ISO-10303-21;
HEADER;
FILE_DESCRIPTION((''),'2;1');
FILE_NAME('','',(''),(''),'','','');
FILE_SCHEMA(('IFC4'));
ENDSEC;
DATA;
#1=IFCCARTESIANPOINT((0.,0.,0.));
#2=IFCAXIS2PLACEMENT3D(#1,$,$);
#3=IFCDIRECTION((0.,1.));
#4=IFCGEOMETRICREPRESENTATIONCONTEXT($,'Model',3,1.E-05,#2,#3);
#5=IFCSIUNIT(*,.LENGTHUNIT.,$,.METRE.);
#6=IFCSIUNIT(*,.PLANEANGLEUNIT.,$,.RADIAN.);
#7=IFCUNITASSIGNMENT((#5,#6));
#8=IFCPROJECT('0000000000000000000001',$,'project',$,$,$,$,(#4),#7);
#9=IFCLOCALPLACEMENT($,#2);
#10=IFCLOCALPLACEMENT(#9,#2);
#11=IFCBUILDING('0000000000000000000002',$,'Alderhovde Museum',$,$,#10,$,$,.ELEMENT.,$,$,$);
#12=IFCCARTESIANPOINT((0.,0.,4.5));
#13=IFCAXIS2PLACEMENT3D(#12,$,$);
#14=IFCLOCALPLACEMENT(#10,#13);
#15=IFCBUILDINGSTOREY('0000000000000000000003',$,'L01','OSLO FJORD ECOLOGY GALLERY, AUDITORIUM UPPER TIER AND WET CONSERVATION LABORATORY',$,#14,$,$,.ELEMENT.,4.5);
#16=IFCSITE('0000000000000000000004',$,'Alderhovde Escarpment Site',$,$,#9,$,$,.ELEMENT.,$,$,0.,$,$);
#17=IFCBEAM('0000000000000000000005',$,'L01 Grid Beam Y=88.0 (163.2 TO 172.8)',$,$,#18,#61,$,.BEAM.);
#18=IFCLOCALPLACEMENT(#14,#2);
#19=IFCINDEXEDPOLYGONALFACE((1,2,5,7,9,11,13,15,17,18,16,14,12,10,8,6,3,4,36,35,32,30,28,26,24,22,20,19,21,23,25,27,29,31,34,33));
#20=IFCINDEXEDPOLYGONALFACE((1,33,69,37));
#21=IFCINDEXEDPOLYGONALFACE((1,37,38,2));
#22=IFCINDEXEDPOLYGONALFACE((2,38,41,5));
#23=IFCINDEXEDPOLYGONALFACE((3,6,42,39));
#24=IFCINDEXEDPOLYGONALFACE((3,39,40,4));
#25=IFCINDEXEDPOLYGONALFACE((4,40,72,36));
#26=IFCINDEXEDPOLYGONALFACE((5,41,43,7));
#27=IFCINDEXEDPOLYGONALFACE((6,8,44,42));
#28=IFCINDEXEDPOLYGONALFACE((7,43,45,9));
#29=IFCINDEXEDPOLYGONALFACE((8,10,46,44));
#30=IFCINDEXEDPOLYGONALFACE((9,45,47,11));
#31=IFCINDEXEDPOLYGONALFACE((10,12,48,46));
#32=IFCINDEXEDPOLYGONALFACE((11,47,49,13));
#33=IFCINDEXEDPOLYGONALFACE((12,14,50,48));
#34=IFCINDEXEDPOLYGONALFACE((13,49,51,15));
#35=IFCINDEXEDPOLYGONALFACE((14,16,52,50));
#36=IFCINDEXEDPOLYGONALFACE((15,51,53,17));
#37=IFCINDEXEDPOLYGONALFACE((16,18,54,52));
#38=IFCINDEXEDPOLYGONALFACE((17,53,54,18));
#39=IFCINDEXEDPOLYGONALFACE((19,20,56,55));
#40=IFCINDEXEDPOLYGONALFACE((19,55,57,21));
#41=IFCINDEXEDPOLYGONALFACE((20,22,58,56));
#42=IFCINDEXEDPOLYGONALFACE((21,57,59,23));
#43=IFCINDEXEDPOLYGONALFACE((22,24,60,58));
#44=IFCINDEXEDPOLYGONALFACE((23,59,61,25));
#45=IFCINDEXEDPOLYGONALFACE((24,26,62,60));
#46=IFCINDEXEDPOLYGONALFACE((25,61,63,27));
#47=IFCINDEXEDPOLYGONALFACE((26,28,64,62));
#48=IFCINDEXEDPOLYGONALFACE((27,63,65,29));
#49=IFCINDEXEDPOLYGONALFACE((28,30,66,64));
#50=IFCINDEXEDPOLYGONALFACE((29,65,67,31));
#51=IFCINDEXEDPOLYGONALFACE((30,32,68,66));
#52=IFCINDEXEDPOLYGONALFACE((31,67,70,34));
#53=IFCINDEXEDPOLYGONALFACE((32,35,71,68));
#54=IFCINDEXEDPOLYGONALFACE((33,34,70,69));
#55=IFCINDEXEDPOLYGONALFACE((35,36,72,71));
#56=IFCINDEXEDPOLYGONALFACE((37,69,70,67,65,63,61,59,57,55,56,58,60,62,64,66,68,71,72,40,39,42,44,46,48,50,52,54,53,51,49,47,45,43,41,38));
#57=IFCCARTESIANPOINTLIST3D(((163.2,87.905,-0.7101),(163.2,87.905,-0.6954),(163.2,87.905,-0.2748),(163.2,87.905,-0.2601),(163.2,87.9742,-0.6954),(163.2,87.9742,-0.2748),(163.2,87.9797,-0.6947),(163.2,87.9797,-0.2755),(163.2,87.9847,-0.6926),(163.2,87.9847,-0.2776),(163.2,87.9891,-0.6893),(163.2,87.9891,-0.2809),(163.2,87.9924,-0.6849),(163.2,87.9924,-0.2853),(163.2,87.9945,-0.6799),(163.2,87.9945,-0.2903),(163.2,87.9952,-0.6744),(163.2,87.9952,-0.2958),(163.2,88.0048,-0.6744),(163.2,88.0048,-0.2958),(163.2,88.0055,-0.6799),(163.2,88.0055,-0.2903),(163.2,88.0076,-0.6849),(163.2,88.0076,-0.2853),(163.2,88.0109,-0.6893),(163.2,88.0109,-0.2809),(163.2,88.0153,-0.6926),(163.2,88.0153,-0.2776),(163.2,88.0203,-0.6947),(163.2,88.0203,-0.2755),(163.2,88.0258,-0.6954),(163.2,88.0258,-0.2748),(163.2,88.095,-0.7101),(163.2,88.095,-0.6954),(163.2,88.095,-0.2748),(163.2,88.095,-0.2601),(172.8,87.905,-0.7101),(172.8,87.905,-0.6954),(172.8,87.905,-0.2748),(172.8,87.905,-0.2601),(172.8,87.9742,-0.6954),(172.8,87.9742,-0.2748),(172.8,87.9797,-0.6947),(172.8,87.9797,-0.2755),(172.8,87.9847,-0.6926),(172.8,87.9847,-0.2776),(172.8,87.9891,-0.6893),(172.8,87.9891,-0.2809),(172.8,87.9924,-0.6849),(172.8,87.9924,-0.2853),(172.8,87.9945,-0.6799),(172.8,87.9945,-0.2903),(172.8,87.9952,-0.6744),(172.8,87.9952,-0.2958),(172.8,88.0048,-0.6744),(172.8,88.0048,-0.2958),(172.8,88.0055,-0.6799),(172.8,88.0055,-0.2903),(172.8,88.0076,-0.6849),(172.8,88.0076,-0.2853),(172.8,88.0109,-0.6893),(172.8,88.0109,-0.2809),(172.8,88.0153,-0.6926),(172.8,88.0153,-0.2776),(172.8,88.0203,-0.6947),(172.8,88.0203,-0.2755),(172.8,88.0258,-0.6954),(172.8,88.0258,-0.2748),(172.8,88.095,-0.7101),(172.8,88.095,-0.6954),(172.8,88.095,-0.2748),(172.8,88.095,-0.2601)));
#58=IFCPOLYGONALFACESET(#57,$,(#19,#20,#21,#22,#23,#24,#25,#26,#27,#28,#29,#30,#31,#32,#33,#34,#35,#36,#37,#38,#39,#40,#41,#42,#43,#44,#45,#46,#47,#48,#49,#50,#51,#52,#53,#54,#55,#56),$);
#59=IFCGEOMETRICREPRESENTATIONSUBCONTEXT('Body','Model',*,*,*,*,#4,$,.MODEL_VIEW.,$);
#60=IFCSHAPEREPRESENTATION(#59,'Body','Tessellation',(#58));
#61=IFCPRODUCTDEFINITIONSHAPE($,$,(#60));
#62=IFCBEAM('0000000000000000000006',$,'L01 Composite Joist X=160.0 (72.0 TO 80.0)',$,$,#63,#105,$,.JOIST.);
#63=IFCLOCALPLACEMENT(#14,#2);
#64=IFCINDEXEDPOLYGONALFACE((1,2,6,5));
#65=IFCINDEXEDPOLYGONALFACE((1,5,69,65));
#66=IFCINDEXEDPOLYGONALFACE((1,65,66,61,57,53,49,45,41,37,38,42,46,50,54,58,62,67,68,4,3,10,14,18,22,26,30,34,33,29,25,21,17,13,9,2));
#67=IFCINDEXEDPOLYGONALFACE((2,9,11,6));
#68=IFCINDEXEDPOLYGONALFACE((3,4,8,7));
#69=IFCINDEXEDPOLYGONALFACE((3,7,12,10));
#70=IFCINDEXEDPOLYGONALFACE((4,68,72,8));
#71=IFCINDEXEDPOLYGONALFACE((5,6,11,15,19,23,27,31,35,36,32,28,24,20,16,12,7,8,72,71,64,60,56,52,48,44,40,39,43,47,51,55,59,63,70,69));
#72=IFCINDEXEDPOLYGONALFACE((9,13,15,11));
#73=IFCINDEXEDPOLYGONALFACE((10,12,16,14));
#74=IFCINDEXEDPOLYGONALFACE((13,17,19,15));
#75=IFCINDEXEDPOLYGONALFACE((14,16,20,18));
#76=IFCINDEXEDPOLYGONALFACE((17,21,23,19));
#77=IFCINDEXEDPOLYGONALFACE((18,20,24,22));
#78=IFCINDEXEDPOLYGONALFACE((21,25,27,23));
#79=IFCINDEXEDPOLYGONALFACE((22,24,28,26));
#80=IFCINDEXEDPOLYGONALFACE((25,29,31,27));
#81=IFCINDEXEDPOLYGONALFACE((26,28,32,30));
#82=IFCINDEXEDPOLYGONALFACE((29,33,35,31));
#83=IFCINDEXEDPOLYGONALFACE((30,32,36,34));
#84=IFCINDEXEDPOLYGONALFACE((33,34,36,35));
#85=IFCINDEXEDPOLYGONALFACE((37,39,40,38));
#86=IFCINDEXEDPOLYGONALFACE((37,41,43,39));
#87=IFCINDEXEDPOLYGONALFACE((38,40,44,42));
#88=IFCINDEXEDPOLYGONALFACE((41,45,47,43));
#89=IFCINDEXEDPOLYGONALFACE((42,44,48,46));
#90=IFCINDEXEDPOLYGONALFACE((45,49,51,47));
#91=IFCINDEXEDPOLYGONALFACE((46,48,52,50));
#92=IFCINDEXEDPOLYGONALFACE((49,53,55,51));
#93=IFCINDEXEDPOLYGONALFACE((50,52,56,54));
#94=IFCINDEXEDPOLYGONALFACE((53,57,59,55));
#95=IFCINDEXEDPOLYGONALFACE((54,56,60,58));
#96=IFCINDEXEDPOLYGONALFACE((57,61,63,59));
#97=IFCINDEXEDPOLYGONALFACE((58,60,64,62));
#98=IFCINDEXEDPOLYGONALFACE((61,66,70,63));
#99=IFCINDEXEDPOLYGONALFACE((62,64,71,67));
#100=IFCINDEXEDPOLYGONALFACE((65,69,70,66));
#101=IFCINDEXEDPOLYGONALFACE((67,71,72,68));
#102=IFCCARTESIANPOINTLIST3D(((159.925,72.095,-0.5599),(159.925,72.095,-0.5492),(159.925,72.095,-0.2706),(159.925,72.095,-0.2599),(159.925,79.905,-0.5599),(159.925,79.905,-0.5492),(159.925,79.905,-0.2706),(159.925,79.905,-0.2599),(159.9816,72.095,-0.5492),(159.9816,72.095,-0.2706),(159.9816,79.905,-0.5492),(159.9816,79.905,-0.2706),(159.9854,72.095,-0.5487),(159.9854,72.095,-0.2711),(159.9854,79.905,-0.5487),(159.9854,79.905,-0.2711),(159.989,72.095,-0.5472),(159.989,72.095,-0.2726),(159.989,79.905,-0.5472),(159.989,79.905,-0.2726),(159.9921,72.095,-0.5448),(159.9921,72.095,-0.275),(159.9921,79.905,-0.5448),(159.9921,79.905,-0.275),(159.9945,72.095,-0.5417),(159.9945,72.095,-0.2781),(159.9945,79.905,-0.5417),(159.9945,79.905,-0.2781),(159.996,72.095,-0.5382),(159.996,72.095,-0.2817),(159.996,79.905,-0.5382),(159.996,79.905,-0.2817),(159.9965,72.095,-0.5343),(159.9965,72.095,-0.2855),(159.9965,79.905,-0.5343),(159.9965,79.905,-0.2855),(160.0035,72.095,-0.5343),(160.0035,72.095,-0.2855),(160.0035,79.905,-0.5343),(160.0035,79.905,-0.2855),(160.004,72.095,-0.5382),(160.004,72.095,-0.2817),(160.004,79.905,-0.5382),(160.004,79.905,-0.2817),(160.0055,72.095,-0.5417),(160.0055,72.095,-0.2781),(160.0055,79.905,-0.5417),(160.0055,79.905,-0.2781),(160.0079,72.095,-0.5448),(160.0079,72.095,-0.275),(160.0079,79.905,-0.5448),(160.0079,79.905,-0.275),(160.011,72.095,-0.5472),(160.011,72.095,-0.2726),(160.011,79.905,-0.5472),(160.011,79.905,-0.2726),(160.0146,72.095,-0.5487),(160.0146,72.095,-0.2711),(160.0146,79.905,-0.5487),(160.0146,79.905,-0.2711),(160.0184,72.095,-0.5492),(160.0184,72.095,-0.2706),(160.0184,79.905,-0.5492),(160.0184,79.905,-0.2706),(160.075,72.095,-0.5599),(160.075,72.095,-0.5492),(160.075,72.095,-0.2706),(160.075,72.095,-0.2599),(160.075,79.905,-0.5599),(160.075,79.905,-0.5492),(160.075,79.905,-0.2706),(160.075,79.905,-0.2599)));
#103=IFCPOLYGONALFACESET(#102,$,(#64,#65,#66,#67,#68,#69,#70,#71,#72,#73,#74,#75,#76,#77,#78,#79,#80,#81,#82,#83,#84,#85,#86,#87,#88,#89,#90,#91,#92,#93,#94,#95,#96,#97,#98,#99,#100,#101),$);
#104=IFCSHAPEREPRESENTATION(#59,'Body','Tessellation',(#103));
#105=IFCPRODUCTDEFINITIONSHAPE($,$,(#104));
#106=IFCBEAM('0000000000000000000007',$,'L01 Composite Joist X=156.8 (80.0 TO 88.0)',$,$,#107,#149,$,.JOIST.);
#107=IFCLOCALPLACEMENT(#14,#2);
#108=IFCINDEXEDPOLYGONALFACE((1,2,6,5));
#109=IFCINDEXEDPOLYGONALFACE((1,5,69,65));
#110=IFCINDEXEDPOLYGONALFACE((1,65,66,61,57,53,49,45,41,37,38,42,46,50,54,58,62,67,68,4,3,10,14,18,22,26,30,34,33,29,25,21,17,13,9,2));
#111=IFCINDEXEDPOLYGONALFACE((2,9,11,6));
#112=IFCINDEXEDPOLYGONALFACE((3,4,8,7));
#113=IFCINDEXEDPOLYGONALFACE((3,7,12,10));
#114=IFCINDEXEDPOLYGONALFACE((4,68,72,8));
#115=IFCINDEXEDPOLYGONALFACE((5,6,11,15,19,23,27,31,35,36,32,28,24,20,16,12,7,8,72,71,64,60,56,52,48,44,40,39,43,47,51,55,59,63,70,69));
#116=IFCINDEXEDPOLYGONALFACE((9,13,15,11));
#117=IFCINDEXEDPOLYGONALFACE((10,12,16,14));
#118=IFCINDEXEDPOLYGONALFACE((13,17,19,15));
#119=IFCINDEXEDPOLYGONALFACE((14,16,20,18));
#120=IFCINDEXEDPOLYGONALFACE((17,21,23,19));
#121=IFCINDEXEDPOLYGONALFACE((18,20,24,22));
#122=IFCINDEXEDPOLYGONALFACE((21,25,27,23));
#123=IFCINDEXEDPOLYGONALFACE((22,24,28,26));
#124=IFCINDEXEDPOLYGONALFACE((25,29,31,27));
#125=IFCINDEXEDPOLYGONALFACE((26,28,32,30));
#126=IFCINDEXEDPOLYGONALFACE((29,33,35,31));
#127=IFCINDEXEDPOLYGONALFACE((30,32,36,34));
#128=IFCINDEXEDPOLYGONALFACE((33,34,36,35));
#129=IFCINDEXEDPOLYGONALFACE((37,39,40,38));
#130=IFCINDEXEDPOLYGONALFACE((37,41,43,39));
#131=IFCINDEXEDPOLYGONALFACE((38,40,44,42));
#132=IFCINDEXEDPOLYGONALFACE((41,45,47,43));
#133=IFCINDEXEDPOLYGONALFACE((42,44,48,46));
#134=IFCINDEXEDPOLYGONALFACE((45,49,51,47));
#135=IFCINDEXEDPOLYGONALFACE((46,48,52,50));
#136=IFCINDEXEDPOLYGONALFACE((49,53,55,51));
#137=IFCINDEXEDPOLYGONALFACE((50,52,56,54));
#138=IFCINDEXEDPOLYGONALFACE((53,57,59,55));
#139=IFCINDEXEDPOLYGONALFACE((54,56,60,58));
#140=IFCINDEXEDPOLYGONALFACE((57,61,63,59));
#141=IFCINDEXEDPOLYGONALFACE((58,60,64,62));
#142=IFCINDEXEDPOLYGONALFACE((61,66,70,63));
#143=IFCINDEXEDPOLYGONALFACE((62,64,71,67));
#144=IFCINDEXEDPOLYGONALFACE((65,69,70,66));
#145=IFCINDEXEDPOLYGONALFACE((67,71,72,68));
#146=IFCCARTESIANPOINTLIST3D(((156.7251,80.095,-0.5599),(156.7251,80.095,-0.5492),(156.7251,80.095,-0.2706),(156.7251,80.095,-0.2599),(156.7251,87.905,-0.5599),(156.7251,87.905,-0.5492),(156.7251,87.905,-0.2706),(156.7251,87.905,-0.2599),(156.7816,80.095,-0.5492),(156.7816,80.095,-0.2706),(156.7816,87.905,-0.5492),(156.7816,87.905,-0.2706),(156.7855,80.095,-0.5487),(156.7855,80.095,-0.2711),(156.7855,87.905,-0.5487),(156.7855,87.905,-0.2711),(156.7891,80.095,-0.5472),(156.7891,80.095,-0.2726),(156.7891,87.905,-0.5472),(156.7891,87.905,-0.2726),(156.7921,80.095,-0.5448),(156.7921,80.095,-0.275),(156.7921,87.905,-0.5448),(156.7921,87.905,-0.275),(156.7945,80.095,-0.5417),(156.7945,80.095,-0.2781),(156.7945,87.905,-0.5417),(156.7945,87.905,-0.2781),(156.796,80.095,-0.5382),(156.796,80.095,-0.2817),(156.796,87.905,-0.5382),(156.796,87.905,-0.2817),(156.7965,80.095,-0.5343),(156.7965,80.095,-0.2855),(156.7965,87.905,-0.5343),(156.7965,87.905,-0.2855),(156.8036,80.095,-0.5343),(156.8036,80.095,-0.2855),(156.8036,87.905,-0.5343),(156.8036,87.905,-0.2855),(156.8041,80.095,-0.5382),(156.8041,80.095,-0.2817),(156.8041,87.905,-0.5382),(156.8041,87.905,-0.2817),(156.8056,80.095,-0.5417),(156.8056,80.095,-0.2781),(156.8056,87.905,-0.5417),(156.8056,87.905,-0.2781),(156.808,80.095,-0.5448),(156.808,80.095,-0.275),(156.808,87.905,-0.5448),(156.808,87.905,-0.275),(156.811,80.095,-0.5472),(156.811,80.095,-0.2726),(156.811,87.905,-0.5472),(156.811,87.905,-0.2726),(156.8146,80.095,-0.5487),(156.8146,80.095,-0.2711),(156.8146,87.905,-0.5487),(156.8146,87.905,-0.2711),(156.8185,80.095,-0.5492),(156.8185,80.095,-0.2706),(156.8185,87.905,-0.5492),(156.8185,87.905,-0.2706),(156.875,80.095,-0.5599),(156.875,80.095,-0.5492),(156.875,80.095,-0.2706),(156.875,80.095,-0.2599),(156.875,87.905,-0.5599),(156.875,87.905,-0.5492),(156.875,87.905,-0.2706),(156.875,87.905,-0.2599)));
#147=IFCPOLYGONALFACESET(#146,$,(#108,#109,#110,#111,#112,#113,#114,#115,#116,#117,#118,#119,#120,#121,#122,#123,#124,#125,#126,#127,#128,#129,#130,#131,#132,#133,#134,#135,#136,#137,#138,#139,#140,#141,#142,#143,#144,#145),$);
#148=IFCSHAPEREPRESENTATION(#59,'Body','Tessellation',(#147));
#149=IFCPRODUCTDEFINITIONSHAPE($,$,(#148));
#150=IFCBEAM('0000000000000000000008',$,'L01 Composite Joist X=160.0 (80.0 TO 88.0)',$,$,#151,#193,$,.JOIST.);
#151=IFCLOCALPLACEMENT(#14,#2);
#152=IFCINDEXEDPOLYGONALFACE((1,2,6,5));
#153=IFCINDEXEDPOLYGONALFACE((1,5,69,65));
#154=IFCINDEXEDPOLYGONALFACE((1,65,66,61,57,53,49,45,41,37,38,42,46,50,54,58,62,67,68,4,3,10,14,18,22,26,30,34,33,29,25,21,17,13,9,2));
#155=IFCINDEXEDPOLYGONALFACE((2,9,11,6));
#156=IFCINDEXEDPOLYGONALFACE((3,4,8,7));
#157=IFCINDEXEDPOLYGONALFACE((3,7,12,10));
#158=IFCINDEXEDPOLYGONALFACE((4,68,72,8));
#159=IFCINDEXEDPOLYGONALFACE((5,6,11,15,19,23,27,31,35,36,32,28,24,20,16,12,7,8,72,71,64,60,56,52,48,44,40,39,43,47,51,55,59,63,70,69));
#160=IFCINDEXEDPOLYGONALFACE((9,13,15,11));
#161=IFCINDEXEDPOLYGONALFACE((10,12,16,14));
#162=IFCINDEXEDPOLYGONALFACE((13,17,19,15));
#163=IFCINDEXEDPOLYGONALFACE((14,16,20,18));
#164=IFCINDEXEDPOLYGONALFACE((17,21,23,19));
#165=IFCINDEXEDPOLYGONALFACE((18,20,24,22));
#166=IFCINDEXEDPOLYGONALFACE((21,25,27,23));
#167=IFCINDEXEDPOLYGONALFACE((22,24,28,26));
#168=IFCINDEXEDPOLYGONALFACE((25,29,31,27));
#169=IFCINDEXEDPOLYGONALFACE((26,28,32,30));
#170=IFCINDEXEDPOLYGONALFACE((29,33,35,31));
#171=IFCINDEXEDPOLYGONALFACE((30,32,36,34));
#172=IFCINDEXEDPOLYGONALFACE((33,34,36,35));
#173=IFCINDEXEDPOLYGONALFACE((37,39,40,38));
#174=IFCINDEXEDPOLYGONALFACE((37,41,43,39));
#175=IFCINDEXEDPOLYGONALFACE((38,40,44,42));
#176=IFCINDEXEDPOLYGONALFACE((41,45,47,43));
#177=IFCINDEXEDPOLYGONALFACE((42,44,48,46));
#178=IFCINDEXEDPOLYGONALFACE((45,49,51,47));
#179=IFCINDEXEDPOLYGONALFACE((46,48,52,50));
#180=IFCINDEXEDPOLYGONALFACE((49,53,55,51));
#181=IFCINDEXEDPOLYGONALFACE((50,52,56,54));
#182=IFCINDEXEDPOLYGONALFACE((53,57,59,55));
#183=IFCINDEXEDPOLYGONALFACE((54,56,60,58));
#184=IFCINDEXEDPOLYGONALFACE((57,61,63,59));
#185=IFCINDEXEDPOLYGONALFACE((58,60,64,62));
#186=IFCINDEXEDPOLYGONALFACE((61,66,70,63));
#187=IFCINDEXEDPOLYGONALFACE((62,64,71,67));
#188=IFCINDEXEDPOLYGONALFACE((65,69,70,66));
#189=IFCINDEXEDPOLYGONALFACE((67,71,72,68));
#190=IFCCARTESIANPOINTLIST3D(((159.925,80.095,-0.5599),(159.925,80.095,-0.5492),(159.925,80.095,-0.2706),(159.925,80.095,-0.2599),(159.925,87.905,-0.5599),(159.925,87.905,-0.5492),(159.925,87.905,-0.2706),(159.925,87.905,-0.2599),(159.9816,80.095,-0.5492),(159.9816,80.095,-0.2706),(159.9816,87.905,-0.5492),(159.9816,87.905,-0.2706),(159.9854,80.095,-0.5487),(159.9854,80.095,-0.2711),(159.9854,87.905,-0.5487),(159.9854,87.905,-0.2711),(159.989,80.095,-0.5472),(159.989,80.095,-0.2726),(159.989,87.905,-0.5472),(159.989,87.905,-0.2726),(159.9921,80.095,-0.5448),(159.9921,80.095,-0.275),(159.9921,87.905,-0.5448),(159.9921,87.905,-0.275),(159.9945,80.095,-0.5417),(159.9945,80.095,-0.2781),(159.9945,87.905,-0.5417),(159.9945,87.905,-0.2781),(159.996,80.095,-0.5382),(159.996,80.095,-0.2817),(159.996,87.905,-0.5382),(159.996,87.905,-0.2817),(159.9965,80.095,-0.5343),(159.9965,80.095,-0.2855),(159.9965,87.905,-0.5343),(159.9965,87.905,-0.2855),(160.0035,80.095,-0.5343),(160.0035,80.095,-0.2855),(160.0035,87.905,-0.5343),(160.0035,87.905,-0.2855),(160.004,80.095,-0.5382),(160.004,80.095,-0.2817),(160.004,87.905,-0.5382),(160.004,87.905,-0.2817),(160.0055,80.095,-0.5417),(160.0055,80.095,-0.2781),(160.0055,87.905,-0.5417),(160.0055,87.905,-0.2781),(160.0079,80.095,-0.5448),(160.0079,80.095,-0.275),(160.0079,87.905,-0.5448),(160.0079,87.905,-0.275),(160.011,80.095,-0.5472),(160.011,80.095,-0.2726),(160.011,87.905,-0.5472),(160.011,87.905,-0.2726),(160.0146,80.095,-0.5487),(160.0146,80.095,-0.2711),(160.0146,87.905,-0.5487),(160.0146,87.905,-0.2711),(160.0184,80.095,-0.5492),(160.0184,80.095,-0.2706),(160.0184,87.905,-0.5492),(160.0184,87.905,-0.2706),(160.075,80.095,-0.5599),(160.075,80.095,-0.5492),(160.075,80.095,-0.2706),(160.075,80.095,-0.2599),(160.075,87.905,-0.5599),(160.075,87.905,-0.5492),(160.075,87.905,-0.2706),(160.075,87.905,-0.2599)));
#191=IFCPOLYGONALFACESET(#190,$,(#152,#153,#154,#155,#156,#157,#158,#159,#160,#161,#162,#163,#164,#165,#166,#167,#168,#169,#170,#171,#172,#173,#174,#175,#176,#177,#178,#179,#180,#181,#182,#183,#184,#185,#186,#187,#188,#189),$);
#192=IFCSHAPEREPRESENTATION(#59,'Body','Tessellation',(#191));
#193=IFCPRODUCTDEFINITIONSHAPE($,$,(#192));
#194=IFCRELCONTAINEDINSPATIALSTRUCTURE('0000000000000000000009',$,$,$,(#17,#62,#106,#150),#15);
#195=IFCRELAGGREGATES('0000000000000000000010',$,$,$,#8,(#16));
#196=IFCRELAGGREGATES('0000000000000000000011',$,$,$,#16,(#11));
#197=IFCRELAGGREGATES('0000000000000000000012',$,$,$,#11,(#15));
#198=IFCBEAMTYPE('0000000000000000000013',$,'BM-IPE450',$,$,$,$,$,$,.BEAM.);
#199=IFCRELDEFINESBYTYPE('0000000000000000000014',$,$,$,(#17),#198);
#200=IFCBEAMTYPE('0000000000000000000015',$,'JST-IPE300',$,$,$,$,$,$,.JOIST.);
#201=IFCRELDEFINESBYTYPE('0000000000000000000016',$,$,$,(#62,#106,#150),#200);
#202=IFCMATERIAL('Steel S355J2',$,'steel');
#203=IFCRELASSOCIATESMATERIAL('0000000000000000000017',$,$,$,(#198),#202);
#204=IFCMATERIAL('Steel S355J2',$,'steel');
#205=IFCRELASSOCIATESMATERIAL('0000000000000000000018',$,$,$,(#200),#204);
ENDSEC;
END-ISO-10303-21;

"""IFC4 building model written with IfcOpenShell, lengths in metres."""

from ifc_helpers import new_model, si_unit, direction, frame, origin, origin_2d, place, context, subcontext, project, spatial, i_section, extrude, material, material_profile, profile_set, type_object, element, save


model = new_model("IFC4")

# Units and contexts
model_context = context("Model", 3, precision=1e-05, world=origin(), true_north=direction((0.0, 1.0)))
body_context = subcontext(model_context, "Body", "Model", "MODEL_VIEW")
ifc_project = project(units=[si_unit("LENGTHUNIT", "METRE"), si_unit("PLANEANGLEUNIT", "RADIAN")], contexts=[model_context])

# Site, building, storey
site_placement = place(None, origin())
site = spatial("IfcSite", under=ifc_project, at=site_placement, Name="Alderhovde Escarpment Site", CompositionType="ELEMENT", RefElevation=0.0)
building_placement = place(site_placement, origin())
building = spatial("IfcBuilding", under=site, at=building_placement, Name="Alderhovde Museum", CompositionType="ELEMENT")
storey_placement = place(building_placement, frame((0.0, 0.0, 4.5)))
storey = spatial("IfcBuildingStorey", under=building, at=storey_placement, Name="L01", Description="OSLO FJORD ECOLOGY GALLERY, AUDITORIUM UPPER TIER AND WET CONSERVATION LABORATORY", CompositionType="ELEMENT", Elevation=4.5)

# Beams
ifc_material_1 = material(Name="Steel S355J2", Category="steel")
ifc_material_profile_1 = material_profile(ifc_material_1, i_section(OverallWidth=0.1899, OverallDepth=0.45, WebThickness=0.0095, FlangeThickness=0.0146, FilletRadius=0.021, at=origin_2d()), Name="IPE 450")
ifc_profile_set_1 = profile_set([ifc_material_profile_1], Name="Steel S355J2")
beam_type_1 = type_object("IfcBeamType", Name="BM-IPE450", PredefinedType="BEAM", material=ifc_profile_set_1)
for number, where, z_axis, x_axis, name in (
    (1, (163.2, 88.0, -0.4851), (1.0, 0.0, 0.0), (0.0, 1.0, 0.0), "L01 Grid Beam Y=88.0 (163.2 TO 172.8)"),
):
    element("IfcBeam", number, at=place(storey_placement, frame(where, z_axis=z_axis, x_axis=x_axis)), inside=storey, type_object=beam_type_1, Name=name, PredefinedType="BEAM", context=body_context, shape_type="SweptSolid", body=[
        extrude(i_section(OverallWidth=0.1899, OverallDepth=0.45, WebThickness=0.0095, FlangeThickness=0.0146, FilletRadius=0.021, at=origin_2d()), origin(), (0.0, 0.0, 1.0), 9.6001),
    ])
ifc_material_2 = material(Name="Steel S355J2", Category="steel")
ifc_material_profile_2 = material_profile(ifc_material_2, i_section(OverallWidth=0.1499, OverallDepth=0.3, WebThickness=0.0071, FlangeThickness=0.0107, FilletRadius=0.0149, at=origin_2d()), Name="IPE 300")
ifc_profile_set_2 = profile_set([ifc_material_profile_2], Name="Steel S355J2")
beam_type_2 = type_object("IfcBeamType", Name="JST-IPE300", PredefinedType="JOIST", material=ifc_profile_set_2)
for number, where, z_axis, x_axis, name in (
    (2, (160.0, 72.095, -0.4099), (0.0, 1.0, 0.0), (-1.0, 0.0, 0.0), "L01 Composite Joist X=160.0 (72.0 TO 80.0)"),
    (3, (156.8, 80.095, -0.4099), (0.0, 1.0, 0.0), (-1.0, 0.0, 0.0), "L01 Composite Joist X=156.8 (80.0 TO 88.0)"),
    (4, (160.0, 80.095, -0.4099), (0.0, 1.0, 0.0), (-1.0, 0.0, 0.0), "L01 Composite Joist X=160.0 (80.0 TO 88.0)"),
):
    element("IfcBeam", number, at=place(storey_placement, frame(where, z_axis=z_axis, x_axis=x_axis)), inside=storey, type_object=beam_type_2, Name=name, PredefinedType="JOIST", context=body_context, shape_type="SweptSolid", body=[
        extrude(i_section(OverallWidth=0.1499, OverallDepth=0.3, WebThickness=0.0071, FlangeThickness=0.0107, FilletRadius=0.0149, at=origin_2d()), origin(), (0.0, 0.0, 1.0), 7.8101),
    ])

save(model, "model.ifc")
